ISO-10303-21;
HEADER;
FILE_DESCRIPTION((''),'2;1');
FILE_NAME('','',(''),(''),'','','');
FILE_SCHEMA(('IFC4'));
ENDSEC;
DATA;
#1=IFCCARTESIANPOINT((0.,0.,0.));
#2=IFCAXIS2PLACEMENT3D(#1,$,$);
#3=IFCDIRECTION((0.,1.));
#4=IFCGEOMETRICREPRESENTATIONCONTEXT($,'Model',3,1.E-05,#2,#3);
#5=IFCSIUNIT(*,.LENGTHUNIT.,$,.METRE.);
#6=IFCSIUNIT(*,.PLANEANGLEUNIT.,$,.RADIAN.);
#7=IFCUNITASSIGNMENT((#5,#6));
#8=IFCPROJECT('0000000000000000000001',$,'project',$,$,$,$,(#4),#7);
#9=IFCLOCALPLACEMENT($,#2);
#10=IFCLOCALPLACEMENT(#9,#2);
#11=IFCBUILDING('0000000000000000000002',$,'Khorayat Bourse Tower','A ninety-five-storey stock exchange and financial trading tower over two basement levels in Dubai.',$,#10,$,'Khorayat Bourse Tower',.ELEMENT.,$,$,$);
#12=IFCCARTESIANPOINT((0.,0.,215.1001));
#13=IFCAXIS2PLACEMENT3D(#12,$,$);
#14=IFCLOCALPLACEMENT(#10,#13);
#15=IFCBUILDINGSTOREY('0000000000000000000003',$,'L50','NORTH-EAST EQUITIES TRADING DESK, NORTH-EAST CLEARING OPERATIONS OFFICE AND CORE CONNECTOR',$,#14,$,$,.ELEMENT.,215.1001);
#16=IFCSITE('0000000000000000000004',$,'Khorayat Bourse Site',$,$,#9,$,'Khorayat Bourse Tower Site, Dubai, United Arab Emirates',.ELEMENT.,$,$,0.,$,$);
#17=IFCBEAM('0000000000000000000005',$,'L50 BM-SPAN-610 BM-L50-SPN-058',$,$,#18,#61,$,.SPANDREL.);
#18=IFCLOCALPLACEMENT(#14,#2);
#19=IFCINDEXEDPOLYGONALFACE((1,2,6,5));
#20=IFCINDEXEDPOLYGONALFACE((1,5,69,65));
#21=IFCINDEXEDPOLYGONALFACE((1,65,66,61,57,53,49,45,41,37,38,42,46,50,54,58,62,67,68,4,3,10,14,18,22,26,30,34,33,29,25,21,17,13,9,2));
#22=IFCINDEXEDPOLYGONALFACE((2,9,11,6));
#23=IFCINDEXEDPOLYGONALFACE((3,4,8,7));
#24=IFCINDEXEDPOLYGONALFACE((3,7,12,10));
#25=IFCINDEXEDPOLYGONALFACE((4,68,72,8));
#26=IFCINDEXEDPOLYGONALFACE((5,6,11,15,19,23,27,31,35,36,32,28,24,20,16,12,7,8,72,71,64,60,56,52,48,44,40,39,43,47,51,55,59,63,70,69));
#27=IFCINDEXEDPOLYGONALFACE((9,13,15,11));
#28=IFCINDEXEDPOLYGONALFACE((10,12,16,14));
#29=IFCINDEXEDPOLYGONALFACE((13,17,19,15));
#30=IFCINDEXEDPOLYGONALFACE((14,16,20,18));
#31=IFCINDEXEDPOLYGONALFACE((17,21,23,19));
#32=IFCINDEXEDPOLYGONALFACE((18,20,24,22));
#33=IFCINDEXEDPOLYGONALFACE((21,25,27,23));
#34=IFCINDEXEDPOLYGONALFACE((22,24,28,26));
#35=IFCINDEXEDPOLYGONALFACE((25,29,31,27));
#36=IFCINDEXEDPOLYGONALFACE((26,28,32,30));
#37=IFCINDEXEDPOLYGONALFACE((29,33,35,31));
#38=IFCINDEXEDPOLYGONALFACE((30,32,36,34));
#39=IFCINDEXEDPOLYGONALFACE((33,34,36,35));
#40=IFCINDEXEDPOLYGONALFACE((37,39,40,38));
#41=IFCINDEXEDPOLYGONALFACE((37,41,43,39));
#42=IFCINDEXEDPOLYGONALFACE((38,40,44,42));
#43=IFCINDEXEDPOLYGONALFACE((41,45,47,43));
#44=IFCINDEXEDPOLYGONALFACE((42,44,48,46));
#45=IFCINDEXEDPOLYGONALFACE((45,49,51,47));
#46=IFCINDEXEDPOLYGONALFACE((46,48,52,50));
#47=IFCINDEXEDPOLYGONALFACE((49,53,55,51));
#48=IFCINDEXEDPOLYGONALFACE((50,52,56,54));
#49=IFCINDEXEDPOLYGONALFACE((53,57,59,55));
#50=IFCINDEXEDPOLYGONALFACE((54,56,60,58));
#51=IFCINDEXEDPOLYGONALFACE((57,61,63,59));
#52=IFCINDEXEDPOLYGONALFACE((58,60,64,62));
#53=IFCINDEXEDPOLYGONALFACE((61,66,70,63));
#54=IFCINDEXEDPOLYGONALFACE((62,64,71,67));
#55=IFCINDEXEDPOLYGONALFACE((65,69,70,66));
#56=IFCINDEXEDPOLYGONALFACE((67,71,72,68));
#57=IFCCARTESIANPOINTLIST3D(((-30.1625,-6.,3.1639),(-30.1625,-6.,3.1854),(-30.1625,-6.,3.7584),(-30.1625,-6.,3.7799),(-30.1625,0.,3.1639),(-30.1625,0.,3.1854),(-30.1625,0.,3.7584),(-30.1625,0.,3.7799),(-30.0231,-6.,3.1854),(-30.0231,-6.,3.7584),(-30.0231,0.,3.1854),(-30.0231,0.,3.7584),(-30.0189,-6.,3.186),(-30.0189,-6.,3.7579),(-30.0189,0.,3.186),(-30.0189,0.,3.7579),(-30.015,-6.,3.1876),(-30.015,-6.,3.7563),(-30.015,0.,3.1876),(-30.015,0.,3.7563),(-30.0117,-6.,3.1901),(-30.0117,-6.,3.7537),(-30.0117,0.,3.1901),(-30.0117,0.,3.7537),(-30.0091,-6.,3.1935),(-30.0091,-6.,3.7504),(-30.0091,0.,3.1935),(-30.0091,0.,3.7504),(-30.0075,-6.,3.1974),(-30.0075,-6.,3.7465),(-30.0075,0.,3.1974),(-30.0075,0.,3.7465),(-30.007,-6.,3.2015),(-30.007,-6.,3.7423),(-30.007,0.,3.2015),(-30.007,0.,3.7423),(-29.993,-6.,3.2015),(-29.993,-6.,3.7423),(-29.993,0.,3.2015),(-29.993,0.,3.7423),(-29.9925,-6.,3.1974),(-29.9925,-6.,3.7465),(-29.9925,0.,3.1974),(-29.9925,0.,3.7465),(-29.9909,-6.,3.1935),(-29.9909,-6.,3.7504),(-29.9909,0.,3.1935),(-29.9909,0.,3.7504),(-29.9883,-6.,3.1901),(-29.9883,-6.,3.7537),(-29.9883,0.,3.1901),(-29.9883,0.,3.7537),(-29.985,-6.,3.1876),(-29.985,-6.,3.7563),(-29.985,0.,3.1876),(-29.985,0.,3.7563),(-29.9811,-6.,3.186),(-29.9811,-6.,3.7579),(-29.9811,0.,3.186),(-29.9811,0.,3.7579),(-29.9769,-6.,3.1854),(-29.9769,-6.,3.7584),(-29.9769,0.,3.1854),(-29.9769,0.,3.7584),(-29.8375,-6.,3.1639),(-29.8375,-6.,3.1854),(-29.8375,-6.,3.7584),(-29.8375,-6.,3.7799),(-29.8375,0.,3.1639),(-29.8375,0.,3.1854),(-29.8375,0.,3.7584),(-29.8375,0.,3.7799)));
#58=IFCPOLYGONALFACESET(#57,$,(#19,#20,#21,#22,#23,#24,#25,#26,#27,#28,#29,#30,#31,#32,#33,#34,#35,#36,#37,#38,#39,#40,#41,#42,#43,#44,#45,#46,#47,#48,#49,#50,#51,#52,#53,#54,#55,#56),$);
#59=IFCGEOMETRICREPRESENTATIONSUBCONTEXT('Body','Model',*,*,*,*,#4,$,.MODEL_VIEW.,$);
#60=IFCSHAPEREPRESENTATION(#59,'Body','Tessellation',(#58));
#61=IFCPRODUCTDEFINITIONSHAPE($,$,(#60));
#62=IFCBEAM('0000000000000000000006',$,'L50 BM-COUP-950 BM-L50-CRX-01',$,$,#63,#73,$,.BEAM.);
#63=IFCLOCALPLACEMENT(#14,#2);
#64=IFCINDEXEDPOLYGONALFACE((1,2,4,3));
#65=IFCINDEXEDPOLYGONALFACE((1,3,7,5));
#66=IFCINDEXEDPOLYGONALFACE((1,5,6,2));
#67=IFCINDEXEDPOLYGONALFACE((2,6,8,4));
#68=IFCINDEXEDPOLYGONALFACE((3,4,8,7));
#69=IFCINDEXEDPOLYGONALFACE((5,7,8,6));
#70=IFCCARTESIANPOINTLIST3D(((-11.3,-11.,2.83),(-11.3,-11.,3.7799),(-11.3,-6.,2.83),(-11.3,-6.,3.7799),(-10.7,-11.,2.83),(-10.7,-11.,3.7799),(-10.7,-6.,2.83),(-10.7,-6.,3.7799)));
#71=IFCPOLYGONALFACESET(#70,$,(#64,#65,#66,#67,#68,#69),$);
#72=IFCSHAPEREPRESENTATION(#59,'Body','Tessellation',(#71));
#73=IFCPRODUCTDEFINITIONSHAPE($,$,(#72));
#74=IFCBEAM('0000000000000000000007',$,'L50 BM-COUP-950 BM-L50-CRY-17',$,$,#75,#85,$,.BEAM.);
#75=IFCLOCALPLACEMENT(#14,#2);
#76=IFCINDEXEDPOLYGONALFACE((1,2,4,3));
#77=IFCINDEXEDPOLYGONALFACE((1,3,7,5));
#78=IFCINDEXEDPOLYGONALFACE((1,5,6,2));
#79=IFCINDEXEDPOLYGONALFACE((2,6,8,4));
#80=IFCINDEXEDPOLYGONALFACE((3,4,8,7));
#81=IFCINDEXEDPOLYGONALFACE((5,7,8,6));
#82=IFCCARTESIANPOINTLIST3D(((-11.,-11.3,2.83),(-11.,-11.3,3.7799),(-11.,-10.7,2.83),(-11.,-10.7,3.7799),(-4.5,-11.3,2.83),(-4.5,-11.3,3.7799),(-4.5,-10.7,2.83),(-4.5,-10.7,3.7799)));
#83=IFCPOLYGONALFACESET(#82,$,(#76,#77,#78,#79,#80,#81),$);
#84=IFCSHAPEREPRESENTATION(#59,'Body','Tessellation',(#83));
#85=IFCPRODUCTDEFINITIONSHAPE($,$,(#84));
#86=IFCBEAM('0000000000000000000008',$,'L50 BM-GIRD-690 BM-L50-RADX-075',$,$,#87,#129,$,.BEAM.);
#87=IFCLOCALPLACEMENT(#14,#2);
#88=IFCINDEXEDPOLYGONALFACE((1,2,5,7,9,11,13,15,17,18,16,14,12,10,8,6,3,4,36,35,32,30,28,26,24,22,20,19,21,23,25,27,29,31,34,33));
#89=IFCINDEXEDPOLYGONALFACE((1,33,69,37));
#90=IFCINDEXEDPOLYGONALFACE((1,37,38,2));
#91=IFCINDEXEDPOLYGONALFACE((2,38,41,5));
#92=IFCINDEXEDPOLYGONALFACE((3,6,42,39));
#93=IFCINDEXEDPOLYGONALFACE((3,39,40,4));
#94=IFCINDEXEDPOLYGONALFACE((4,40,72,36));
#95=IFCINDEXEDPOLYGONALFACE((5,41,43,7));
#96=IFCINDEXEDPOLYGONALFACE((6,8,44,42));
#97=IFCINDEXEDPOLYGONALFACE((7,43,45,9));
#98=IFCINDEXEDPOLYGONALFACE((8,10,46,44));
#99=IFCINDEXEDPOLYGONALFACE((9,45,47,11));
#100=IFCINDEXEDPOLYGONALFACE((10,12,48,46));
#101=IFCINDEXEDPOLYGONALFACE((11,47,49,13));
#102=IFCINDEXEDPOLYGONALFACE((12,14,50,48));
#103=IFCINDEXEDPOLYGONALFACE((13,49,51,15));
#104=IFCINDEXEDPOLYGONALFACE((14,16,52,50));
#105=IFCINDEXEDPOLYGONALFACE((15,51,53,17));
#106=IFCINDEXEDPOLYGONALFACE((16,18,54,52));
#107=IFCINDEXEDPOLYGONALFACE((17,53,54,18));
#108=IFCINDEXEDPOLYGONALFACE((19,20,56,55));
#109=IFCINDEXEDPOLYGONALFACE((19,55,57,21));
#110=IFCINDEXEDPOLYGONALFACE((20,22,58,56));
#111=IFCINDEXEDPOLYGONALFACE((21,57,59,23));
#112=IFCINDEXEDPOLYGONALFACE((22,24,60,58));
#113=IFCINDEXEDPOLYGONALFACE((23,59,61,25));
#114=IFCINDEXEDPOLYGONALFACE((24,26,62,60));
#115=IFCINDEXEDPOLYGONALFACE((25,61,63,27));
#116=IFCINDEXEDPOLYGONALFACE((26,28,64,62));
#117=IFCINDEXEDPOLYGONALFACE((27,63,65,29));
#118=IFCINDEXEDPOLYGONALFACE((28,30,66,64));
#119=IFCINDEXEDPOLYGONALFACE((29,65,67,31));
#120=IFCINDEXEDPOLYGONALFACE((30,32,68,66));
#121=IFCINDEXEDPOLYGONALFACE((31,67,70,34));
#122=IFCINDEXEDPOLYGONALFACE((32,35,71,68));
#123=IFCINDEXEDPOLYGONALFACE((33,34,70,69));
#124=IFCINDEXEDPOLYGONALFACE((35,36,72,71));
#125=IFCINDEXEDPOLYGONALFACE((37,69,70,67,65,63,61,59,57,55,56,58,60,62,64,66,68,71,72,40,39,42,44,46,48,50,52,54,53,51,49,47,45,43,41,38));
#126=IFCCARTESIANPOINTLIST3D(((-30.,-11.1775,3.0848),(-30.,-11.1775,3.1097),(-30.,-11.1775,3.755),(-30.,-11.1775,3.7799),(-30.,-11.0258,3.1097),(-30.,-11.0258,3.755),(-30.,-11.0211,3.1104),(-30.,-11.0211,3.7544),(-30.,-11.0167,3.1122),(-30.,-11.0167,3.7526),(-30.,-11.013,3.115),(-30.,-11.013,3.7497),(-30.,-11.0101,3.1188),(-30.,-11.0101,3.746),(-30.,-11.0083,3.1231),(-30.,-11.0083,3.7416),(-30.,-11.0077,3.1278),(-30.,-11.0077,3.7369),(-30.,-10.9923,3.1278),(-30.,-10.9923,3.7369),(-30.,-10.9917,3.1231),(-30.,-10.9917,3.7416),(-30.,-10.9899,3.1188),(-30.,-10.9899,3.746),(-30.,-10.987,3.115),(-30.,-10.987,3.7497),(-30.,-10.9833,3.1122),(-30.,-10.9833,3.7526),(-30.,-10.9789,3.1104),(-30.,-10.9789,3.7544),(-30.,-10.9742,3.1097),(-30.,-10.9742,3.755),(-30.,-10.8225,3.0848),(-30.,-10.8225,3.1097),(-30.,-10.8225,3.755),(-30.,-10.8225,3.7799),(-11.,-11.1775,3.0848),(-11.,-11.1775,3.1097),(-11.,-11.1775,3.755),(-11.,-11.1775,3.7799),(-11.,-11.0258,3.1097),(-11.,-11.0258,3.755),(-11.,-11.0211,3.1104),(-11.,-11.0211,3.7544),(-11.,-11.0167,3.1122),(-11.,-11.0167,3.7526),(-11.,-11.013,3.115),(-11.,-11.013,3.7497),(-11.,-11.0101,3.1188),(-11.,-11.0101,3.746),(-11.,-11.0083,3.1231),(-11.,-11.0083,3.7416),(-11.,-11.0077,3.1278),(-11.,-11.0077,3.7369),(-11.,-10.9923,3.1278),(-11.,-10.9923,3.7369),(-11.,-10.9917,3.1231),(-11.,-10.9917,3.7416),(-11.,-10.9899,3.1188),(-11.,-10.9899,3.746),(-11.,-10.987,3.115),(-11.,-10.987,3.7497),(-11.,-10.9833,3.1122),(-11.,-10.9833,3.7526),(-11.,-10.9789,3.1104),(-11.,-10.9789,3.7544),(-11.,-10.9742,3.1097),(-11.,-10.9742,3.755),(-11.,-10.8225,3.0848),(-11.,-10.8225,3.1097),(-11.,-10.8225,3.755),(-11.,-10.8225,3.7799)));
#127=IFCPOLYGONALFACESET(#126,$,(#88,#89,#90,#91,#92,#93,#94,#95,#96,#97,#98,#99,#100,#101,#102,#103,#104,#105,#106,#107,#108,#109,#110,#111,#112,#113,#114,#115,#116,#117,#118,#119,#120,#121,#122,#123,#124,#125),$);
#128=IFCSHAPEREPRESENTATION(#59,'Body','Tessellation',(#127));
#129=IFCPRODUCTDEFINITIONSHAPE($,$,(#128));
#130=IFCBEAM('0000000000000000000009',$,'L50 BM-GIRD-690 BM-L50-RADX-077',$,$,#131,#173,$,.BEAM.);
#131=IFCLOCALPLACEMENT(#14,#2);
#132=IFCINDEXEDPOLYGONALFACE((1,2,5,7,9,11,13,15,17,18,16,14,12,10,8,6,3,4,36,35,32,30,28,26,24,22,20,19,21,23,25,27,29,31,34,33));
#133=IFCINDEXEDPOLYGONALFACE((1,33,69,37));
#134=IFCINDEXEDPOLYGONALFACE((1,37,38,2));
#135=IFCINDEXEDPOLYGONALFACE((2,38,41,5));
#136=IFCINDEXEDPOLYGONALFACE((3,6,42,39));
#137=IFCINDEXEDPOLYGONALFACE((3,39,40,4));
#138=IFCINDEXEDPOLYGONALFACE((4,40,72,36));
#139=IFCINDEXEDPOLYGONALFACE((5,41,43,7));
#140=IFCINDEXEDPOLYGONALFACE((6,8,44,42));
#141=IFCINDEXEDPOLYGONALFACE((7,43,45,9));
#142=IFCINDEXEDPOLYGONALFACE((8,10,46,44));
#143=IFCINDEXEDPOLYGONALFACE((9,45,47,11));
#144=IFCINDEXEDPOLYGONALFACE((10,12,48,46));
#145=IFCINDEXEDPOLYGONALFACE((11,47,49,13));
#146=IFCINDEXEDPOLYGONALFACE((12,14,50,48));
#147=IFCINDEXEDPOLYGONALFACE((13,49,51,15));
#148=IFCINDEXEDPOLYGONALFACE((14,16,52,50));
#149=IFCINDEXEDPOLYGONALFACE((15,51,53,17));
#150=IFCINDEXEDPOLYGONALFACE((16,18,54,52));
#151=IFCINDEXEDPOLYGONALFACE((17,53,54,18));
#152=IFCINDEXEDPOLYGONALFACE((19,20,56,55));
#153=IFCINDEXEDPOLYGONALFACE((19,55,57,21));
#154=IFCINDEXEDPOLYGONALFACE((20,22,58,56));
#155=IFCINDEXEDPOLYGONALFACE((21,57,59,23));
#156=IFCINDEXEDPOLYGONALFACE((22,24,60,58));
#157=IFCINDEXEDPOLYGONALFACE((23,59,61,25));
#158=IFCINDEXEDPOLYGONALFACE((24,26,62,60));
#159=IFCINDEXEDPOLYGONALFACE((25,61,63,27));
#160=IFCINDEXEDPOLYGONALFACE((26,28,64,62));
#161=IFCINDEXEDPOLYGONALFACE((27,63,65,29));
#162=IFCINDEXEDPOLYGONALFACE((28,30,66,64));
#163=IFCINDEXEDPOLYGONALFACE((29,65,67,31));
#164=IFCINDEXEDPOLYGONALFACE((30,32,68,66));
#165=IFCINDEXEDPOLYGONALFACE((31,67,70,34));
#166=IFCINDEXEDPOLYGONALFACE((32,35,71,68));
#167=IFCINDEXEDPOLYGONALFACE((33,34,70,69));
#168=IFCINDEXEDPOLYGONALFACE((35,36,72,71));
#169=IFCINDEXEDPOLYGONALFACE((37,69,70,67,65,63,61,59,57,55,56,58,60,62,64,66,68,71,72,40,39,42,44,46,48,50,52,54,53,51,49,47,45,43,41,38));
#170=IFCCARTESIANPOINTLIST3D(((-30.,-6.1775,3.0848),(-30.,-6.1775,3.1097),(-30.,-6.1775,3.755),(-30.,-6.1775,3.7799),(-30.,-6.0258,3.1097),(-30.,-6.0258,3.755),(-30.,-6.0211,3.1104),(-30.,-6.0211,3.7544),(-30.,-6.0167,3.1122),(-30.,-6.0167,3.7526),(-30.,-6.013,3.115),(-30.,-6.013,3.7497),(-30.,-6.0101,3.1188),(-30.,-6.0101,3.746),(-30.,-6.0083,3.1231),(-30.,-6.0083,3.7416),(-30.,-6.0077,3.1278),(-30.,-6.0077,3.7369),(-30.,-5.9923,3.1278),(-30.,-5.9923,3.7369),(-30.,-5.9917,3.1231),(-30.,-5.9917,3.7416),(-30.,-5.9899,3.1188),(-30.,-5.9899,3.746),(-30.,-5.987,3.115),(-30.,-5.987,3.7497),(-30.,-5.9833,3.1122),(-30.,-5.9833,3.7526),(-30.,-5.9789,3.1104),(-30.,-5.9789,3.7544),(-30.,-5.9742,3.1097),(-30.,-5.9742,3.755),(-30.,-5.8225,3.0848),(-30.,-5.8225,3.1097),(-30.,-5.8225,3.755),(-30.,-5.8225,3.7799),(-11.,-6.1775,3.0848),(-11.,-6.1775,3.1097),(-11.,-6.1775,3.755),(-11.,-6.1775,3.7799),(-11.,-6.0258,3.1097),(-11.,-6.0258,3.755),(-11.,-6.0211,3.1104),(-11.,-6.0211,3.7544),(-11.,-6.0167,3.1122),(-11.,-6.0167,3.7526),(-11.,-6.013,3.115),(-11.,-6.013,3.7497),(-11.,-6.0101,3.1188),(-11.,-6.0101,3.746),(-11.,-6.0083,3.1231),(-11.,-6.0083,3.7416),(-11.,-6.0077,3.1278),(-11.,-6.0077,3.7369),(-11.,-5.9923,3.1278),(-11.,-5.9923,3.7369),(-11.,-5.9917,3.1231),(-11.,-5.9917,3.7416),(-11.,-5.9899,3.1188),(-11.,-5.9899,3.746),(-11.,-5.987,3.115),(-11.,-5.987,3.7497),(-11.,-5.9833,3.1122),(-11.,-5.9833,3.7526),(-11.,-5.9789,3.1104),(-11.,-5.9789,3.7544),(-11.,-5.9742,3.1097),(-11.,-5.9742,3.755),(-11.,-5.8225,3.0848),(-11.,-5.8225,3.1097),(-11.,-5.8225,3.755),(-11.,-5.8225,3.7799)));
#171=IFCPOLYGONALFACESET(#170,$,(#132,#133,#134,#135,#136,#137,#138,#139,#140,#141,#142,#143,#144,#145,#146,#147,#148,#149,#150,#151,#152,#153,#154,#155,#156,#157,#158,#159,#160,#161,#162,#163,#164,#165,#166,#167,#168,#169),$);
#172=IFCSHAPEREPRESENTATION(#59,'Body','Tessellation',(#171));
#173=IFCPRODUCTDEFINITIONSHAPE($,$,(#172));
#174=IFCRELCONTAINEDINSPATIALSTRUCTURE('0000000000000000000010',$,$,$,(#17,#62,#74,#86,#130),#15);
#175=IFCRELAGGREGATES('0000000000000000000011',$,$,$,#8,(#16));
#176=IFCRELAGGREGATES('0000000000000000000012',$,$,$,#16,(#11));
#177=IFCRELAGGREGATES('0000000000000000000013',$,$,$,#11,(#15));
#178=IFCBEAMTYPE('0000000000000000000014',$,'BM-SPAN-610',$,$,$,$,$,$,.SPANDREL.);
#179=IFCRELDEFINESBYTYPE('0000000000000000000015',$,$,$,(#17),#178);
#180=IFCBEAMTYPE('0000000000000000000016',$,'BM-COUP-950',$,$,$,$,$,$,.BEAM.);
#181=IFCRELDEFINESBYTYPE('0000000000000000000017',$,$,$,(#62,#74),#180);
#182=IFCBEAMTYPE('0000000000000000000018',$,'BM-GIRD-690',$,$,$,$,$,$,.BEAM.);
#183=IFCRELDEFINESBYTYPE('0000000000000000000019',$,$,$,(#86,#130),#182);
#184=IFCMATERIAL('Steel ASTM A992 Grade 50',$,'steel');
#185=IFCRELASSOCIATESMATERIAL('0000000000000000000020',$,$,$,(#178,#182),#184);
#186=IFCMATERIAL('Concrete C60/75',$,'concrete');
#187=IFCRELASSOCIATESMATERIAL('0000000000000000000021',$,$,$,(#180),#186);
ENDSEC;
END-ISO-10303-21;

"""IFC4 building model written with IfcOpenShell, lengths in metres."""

from ifc_helpers import new_model, si_unit, direction, frame, origin, origin_2d, place, context, subcontext, project, spatial, rectangle, i_section, extrude, source, transform, mapped, material, material_profile, profile_set, type_object, element, save


model = new_model("IFC4")

# Units and contexts
model_context = context("Model", 3, precision=1e-05, world=origin(), true_north=direction((0.0, 1.0)))
body_context = subcontext(model_context, "Body", "Model", "MODEL_VIEW")
ifc_project = project(units=[si_unit("LENGTHUNIT", "METRE"), si_unit("PLANEANGLEUNIT", "RADIAN")], contexts=[model_context])

# Site, building, storey
site_placement = place(None, origin())
site = spatial("IfcSite", under=ifc_project, at=site_placement, Name="Khorayat Bourse Site", LongName="Khorayat Bourse Tower Site, Dubai, United Arab Emirates", CompositionType="ELEMENT", RefElevation=0.0)
building_placement = place(site_placement, origin())
building = spatial("IfcBuilding", under=site, at=building_placement, Name="Khorayat Bourse Tower", Description="A ninety-five-storey stock exchange and financial trading tower over two basement levels in Dubai.", LongName="Khorayat Bourse Tower", CompositionType="ELEMENT")
storey_placement = place(building_placement, frame((0.0, 0.0, 215.1001)))
storey = spatial("IfcBuildingStorey", under=building, at=storey_placement, Name="L50", Description="NORTH-EAST EQUITIES TRADING DESK, NORTH-EAST CLEARING OPERATIONS OFFICE AND CORE CONNECTOR", CompositionType="ELEMENT", Elevation=215.1001)

# Shared definitions
ifc_material_1 = material(Name="Concrete C60/75", Category="concrete")

# Beams
ifc_material_2 = material(Name="Steel ASTM A992 Grade 50", Category="steel")
ifc_material_profile_1 = material_profile(ifc_material_2, i_section(OverallWidth=0.325, OverallDepth=0.616, WebThickness=0.0139, FlangeThickness=0.0215, FilletRadius=0.0161, at=origin_2d()), Name="W610X174")
ifc_profile_set_1 = profile_set([ifc_material_profile_1], Name="Steel ASTM A992 Grade 50")
beam_type_1 = type_object("IfcBeamType", Name="BM-SPAN-610", PredefinedType="SPANDREL", material=ifc_profile_set_1)
shared_shape_1 = source(origin(), body_context, "Body", "SweptSolid", [
    extrude(i_section(OverallWidth=0.325, OverallDepth=0.616, WebThickness=0.0139, FlangeThickness=0.0215, FilletRadius=0.0161, at=origin_2d()), origin(), (0.0, 0.0, 1.0), 6.0),
])
beam_1_placement = place(storey_placement, frame((-30.0, -6.0, 3.4719), z_axis=(0.0, 1.0, 0.0), x_axis=(-1.0, 0.0, 0.0)))
element("IfcBeam", 1, at=beam_1_placement, inside=storey, type_object=beam_type_1, Name="L50 BM-SPAN-610 BM-L50-SPN-058", PredefinedType="SPANDREL", context=body_context, shape_type="MappedRepresentation", body=[
    mapped(shared_shape_1, transform((0.0, 0.0, 0.0), scale=1.0)),
])
ifc_material_profile_2 = material_profile(ifc_material_1, rectangle(XDim=0.6001, YDim=0.95, at=origin_2d()), Name="RC 600x950")
ifc_profile_set_2 = profile_set([ifc_material_profile_2], Name="Concrete C60/75")
beam_type_2 = type_object("IfcBeamType", Name="BM-COUP-950", PredefinedType="BEAM", material=ifc_profile_set_2)
shared_shape_2 = source(origin(), body_context, "Body", "SweptSolid", [
    extrude(rectangle(XDim=0.6001, YDim=0.95, at=origin_2d()), origin(), (0.0, 0.0, 1.0), 5.0),
])
beam_2_placement = place(storey_placement, frame((-11.0, -11.0, 3.3049), z_axis=(0.0, 1.0, 0.0), x_axis=(-1.0, 0.0, 0.0)))
element("IfcBeam", 2, at=beam_2_placement, inside=storey, type_object=beam_type_2, Name="L50 BM-COUP-950 BM-L50-CRX-01", PredefinedType="BEAM", context=body_context, shape_type="MappedRepresentation", body=[
    mapped(shared_shape_2, transform((0.0, 0.0, 0.0), scale=1.0)),
])
shared_shape_3 = source(origin(), body_context, "Body", "SweptSolid", [
    extrude(rectangle(XDim=0.6001, YDim=0.95, at=origin_2d()), origin(), (0.0, 0.0, 1.0), 6.5),
])
beam_3_placement = place(storey_placement, frame((-11.0, -11.0, 3.3049), z_axis=(1.0, 0.0, 0.0), x_axis=(0.0, 1.0, 0.0)))
element("IfcBeam", 3, at=beam_3_placement, inside=storey, type_object=beam_type_2, Name="L50 BM-COUP-950 BM-L50-CRY-17", PredefinedType="BEAM", context=body_context, shape_type="MappedRepresentation", body=[
    mapped(shared_shape_3, transform((0.0, 0.0, 0.0), scale=1.0)),
])
ifc_material_profile_3 = material_profile(ifc_material_2, i_section(OverallWidth=0.355, OverallDepth=0.6951, WebThickness=0.0154, FlangeThickness=0.0249, FilletRadius=0.0181, at=origin_2d()), Name="W690X217")
ifc_profile_set_3 = profile_set([ifc_material_profile_3], Name="Steel ASTM A992 Grade 50")
beam_type_3 = type_object("IfcBeamType", Name="BM-GIRD-690", PredefinedType="BEAM", material=ifc_profile_set_3)
shared_shape_4 = source(origin(), body_context, "Body", "SweptSolid", [
    extrude(i_section(OverallWidth=0.355, OverallDepth=0.6951, WebThickness=0.0154, FlangeThickness=0.0249, FilletRadius=0.0181, at=origin_2d()), origin(), (0.0, 0.0, 1.0), 19.0),
])
for number, where, z_axis, x_axis, name in (
    (4, (-30.0, -11.0, 3.4324), (1.0, 0.0, 0.0), (0.0, 1.0, 0.0), "L50 BM-GIRD-690 BM-L50-RADX-075"),
    (5, (-30.0, -6.0, 3.4324), (1.0, 0.0, 0.0), (0.0, 1.0, 0.0), "L50 BM-GIRD-690 BM-L50-RADX-077"),
):
    element("IfcBeam", number, at=place(storey_placement, frame(where, z_axis=z_axis, x_axis=x_axis)), inside=storey, type_object=beam_type_3, Name=name, PredefinedType="BEAM", context=body_context, shape_type="MappedRepresentation", body=[
        mapped(shared_shape_4, transform((0.0, 0.0, 0.0), scale=1.0)),
    ])

save(model, "model.ifc")
